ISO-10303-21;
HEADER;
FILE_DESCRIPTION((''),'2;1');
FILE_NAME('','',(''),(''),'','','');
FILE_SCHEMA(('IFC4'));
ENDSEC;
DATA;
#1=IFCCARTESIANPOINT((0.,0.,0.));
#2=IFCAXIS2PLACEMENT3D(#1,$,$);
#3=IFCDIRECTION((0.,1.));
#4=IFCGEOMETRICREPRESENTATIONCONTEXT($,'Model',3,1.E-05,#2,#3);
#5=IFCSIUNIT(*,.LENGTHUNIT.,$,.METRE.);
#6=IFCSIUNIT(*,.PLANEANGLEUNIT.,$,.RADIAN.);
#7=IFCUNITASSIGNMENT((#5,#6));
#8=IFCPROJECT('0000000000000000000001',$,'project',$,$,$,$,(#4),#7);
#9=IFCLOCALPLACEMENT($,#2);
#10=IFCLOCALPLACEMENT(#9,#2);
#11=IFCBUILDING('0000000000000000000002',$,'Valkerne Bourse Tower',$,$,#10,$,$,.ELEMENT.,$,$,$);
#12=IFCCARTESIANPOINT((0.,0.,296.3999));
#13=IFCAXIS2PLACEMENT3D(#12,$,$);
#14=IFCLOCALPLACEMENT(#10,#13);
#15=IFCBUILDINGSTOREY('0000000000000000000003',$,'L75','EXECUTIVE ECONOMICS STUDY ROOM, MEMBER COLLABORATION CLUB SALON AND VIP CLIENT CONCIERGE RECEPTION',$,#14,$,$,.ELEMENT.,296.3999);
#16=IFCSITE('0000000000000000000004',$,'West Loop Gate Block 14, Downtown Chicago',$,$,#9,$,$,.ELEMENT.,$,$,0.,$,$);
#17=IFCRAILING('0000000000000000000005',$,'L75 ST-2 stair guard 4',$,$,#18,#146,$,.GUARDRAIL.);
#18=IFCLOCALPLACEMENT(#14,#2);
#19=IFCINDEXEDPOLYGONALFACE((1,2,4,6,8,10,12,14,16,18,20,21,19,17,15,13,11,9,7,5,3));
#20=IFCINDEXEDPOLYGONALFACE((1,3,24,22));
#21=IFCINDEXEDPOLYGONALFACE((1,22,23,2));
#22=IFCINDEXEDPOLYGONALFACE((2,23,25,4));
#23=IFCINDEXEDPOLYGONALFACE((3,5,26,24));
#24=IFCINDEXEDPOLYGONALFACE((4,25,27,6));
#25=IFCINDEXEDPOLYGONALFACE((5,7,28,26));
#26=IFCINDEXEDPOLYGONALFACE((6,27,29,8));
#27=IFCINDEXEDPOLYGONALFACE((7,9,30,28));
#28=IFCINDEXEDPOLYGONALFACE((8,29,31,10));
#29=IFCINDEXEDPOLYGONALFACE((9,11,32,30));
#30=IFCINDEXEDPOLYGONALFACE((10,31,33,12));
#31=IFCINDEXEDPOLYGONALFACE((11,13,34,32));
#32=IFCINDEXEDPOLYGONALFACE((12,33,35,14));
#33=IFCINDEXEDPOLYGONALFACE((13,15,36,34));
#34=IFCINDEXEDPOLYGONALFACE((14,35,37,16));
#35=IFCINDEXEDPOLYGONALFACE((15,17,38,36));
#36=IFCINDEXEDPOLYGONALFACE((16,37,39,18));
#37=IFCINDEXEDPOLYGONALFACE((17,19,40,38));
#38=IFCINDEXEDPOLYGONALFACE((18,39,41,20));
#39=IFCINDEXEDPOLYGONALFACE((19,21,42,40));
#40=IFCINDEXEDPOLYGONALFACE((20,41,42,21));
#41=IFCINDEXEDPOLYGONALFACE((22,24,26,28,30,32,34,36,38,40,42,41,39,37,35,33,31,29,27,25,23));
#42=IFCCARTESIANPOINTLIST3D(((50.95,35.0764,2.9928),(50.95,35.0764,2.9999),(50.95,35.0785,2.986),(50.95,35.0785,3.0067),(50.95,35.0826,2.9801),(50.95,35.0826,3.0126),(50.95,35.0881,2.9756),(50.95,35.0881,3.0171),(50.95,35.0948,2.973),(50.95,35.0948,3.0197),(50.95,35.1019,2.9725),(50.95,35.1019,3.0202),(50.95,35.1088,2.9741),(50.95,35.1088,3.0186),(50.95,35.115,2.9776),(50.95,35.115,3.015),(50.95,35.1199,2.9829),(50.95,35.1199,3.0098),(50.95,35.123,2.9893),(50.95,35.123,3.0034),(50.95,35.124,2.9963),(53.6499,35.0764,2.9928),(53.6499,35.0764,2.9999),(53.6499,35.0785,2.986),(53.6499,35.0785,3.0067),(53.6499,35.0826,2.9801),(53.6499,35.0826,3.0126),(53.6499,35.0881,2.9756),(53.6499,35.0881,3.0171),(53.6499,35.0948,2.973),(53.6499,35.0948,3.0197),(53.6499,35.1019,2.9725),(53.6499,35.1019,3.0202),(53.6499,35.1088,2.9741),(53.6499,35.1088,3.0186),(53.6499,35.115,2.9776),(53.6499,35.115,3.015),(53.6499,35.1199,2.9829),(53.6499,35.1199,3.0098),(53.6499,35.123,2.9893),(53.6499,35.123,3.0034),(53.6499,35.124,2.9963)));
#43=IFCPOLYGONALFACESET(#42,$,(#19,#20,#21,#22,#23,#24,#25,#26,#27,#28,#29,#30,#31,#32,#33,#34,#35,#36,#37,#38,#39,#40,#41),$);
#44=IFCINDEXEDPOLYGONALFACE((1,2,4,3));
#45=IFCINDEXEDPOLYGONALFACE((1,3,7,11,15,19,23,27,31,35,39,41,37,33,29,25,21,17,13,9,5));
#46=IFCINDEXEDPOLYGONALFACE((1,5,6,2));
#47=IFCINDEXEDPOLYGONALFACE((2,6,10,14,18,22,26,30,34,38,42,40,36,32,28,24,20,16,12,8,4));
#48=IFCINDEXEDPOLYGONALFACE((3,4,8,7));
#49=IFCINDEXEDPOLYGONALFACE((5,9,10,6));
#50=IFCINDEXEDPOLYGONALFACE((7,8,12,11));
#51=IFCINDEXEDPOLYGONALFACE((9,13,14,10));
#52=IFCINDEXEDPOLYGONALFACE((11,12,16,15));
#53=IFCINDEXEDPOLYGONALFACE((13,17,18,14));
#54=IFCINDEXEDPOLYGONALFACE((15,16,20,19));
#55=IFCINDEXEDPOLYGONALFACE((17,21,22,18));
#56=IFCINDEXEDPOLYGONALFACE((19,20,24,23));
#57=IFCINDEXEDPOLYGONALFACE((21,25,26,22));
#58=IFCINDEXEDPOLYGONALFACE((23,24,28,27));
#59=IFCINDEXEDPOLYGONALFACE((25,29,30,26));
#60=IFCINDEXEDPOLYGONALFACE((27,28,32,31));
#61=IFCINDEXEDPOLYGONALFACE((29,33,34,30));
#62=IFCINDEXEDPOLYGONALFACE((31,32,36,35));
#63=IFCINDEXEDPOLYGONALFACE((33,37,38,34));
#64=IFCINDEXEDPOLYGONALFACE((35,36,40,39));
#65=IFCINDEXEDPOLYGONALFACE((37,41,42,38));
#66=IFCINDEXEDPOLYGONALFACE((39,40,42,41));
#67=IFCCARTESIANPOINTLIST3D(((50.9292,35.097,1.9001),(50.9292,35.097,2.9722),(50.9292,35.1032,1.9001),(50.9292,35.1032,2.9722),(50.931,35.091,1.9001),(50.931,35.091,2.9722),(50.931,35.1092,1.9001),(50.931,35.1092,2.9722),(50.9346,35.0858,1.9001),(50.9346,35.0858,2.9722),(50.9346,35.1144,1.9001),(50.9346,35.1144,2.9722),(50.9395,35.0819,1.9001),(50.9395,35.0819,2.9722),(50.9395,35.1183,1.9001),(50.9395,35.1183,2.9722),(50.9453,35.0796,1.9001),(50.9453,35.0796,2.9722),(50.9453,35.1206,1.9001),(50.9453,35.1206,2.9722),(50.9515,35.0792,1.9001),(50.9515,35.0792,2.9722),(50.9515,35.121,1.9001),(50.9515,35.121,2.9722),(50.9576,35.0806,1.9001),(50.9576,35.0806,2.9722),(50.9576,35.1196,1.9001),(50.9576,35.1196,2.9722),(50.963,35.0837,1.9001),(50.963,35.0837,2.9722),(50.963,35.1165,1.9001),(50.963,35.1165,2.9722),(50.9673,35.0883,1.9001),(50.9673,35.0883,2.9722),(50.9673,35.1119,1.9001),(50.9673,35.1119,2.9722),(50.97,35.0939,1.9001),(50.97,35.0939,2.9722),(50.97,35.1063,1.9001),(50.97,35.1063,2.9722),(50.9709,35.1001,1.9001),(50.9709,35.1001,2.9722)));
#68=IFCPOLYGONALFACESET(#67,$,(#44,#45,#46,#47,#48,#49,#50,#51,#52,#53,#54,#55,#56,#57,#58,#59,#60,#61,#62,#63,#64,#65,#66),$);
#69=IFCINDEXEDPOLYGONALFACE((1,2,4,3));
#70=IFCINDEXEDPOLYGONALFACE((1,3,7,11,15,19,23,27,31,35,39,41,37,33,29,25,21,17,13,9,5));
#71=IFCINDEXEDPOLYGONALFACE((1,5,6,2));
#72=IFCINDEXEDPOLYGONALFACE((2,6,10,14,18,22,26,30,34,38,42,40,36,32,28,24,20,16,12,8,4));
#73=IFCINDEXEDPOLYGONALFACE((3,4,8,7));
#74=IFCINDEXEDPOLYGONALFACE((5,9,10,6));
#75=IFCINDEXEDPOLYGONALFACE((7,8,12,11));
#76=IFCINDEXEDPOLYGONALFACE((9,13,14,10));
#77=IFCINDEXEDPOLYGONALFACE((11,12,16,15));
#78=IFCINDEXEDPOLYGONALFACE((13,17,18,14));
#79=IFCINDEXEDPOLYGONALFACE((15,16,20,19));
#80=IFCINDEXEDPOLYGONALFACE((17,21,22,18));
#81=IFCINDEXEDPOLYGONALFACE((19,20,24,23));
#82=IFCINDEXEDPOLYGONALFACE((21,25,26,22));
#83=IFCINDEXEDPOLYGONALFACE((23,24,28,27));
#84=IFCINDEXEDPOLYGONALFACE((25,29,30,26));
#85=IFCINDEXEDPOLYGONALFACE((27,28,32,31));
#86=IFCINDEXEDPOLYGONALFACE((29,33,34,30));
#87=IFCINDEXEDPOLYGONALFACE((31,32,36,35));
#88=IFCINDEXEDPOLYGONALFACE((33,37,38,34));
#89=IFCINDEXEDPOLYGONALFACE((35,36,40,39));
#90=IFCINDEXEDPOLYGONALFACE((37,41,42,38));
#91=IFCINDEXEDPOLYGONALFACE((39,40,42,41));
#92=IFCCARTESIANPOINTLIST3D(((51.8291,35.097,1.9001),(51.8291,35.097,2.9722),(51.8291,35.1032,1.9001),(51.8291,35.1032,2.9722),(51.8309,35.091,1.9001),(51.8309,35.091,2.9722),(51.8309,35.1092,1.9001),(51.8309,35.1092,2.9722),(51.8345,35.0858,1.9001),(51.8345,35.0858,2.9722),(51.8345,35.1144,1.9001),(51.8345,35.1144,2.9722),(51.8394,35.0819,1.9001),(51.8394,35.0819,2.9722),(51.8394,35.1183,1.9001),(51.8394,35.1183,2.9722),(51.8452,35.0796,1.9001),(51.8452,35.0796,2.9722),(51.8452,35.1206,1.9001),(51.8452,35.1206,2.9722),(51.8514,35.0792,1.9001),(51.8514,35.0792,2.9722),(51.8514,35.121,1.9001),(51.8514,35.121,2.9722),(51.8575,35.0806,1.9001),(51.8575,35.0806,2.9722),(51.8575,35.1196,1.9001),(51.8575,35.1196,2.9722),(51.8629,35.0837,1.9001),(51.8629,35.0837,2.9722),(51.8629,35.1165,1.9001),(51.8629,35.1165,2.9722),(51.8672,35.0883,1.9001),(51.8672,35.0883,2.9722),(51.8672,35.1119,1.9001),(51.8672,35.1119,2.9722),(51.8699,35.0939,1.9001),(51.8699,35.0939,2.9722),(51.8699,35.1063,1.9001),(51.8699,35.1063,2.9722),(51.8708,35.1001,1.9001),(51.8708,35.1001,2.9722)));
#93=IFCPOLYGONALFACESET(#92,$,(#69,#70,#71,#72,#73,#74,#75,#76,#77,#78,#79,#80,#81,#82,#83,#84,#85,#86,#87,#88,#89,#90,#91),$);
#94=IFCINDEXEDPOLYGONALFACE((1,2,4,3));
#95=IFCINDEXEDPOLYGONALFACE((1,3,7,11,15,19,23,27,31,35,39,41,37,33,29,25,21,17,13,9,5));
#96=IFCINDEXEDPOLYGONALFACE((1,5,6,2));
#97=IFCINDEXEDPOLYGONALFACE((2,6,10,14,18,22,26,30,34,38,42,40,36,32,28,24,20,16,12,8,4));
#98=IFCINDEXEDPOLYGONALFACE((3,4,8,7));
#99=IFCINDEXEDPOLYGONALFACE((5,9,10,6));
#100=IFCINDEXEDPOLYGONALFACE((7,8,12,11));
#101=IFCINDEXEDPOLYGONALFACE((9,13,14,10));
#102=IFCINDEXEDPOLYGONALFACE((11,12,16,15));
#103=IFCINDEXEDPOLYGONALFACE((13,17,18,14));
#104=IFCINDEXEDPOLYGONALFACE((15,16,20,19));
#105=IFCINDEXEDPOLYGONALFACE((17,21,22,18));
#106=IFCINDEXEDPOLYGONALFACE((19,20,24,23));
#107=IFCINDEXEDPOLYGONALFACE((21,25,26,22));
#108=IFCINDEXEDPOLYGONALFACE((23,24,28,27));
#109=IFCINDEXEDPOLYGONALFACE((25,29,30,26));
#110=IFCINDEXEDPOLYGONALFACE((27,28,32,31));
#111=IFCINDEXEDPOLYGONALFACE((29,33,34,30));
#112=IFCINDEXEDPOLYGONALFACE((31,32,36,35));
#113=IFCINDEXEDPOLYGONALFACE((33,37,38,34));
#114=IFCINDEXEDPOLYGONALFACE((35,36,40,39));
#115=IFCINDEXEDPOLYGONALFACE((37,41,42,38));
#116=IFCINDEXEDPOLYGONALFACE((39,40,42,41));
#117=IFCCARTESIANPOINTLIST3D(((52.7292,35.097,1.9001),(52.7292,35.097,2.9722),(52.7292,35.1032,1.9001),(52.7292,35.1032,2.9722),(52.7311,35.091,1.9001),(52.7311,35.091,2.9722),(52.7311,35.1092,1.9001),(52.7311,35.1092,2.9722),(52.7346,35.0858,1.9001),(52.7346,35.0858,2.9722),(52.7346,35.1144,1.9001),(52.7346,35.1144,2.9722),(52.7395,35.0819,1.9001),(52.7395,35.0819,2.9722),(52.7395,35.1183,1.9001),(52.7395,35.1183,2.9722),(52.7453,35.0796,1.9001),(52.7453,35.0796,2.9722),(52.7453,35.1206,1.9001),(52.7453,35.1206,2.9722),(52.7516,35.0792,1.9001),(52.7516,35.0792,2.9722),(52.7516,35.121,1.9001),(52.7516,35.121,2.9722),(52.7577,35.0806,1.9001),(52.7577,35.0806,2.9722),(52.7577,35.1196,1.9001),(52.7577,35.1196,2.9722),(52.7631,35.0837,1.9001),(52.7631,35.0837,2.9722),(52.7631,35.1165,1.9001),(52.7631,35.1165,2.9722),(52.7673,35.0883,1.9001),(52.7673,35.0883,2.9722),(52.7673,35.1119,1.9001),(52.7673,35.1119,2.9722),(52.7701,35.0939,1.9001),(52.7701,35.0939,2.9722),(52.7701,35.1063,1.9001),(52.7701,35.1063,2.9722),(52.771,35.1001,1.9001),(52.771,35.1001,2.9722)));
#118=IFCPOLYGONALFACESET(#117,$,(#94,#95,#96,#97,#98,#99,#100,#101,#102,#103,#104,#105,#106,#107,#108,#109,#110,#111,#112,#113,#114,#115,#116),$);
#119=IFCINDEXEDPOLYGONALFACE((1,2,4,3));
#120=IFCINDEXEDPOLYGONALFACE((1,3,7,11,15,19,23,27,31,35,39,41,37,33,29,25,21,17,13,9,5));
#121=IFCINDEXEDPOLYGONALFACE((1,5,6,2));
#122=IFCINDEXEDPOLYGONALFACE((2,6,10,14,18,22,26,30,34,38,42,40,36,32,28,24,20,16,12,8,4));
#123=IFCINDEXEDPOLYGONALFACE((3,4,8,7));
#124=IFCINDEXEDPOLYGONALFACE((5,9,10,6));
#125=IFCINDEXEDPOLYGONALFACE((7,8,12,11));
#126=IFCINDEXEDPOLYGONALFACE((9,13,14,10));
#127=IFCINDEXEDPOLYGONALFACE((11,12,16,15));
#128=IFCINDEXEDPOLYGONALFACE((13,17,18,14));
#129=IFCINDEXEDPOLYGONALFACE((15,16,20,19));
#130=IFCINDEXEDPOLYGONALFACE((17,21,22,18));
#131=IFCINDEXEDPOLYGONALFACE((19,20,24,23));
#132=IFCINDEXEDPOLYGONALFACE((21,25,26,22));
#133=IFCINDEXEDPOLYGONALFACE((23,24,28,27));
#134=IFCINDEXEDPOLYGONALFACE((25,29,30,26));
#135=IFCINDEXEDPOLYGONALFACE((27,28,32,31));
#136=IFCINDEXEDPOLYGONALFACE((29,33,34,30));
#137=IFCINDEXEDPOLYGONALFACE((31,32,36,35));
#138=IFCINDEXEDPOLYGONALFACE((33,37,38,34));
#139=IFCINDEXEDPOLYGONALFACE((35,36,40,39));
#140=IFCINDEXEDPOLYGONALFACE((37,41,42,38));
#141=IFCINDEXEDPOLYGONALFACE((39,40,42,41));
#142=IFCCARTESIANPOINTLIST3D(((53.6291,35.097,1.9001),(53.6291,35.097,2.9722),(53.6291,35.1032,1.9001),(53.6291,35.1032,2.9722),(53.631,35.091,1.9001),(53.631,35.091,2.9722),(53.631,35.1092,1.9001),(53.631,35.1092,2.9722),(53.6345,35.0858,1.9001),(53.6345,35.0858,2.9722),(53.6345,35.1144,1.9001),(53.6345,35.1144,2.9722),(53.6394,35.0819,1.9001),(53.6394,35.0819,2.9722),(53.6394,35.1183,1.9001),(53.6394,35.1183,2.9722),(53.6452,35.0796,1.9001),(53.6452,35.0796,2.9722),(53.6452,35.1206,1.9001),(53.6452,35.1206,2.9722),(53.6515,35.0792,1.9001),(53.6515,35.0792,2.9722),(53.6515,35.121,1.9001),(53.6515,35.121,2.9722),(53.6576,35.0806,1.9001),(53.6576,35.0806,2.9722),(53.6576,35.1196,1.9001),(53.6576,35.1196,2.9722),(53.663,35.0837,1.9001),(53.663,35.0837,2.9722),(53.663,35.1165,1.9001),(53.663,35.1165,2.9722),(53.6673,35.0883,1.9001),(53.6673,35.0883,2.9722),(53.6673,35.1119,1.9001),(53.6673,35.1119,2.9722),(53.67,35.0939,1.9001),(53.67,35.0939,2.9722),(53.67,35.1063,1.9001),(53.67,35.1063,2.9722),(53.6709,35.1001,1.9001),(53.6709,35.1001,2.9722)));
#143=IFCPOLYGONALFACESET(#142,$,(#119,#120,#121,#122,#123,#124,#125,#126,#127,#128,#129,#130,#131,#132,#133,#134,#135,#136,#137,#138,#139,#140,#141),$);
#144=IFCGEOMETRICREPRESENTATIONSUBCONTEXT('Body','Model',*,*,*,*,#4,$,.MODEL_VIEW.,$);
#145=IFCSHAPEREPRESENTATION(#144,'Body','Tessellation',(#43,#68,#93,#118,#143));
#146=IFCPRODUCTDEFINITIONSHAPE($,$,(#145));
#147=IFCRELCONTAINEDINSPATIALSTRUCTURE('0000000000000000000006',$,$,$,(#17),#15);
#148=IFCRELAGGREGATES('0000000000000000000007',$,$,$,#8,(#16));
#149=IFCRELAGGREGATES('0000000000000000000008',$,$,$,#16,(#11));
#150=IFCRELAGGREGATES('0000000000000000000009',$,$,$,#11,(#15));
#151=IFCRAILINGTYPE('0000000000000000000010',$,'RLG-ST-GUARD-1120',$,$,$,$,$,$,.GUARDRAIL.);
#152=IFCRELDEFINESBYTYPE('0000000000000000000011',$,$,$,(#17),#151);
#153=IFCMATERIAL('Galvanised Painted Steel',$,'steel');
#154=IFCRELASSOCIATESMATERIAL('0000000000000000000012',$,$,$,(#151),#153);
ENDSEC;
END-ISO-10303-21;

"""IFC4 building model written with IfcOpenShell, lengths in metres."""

from ifc_helpers import new_model, si_unit, direction, frame, origin, origin_2d, place, context, subcontext, project, spatial, circle, extrude, material, type_object, element, save


model = new_model("IFC4")

# Units and contexts
model_context = context("Model", 3, precision=1e-05, world=origin(), true_north=direction((0.0, 1.0)))
body_context = subcontext(model_context, "Body", "Model", "MODEL_VIEW")
ifc_project = project(units=[si_unit("LENGTHUNIT", "METRE"), si_unit("PLANEANGLEUNIT", "RADIAN")], contexts=[model_context])

# Site, building, storey
site_placement = place(None, origin())
site = spatial("IfcSite", under=ifc_project, at=site_placement, Name="West Loop Gate Block 14, Downtown Chicago", CompositionType="ELEMENT", RefElevation=0.0)
building_placement = place(site_placement, origin())
building = spatial("IfcBuilding", under=site, at=building_placement, Name="Valkerne Bourse Tower", CompositionType="ELEMENT")
storey_placement = place(building_placement, frame((0.0, 0.0, 296.3999)))
storey = spatial("IfcBuildingStorey", under=building, at=storey_placement, Name="L75", Description="EXECUTIVE ECONOMICS STUDY ROOM, MEMBER COLLABORATION CLUB SALON AND VIP CLIENT CONCIERGE RECEPTION", CompositionType="ELEMENT", Elevation=296.3999)

# Shared definitions
ifc_material_1 = material(Name="Galvanised Painted Steel", Category="steel")

# Railing
railing_type_1 = type_object("IfcRailingType", Name="RLG-ST-GUARD-1120", PredefinedType="GUARDRAIL", material=ifc_material_1)
for number, where, name in (
    (1, (50.95, 35.1001, 1.9001), "L75 ST-2 stair guard 4"),
):
    element("IfcRailing", number, at=place(storey_placement, frame(where)), inside=storey, type_object=railing_type_1, Name=name, PredefinedType="GUARDRAIL", context=body_context, shape_type="SweptSolid", body=[
        extrude(circle(Radius=0.0239, at=origin_2d()), frame((0.0, 0.0, 1.0962), z_axis=(1.0, 0.0, 0.0), x_axis=(0.0, 1.0, 0.0)), (0.0, 0.0, 1.0), 2.7),
        extrude(circle(Radius=0.021, at=origin_2d()), origin(), (0.0, 0.0, 1.0), 1.072),
        extrude(circle(Radius=0.021, at=origin_2d()), frame((0.8999, 0.0, 0.0)), (0.0, 0.0, 1.0), 1.072),
        extrude(circle(Radius=0.021, at=origin_2d()), frame((1.8, 0.0, 0.0)), (0.0, 0.0, 1.0), 1.072),
        extrude(circle(Radius=0.021, at=origin_2d()), frame((2.7, 0.0, 0.0)), (0.0, 0.0, 1.0), 1.072),
    ])

save(model, "model.ifc")
